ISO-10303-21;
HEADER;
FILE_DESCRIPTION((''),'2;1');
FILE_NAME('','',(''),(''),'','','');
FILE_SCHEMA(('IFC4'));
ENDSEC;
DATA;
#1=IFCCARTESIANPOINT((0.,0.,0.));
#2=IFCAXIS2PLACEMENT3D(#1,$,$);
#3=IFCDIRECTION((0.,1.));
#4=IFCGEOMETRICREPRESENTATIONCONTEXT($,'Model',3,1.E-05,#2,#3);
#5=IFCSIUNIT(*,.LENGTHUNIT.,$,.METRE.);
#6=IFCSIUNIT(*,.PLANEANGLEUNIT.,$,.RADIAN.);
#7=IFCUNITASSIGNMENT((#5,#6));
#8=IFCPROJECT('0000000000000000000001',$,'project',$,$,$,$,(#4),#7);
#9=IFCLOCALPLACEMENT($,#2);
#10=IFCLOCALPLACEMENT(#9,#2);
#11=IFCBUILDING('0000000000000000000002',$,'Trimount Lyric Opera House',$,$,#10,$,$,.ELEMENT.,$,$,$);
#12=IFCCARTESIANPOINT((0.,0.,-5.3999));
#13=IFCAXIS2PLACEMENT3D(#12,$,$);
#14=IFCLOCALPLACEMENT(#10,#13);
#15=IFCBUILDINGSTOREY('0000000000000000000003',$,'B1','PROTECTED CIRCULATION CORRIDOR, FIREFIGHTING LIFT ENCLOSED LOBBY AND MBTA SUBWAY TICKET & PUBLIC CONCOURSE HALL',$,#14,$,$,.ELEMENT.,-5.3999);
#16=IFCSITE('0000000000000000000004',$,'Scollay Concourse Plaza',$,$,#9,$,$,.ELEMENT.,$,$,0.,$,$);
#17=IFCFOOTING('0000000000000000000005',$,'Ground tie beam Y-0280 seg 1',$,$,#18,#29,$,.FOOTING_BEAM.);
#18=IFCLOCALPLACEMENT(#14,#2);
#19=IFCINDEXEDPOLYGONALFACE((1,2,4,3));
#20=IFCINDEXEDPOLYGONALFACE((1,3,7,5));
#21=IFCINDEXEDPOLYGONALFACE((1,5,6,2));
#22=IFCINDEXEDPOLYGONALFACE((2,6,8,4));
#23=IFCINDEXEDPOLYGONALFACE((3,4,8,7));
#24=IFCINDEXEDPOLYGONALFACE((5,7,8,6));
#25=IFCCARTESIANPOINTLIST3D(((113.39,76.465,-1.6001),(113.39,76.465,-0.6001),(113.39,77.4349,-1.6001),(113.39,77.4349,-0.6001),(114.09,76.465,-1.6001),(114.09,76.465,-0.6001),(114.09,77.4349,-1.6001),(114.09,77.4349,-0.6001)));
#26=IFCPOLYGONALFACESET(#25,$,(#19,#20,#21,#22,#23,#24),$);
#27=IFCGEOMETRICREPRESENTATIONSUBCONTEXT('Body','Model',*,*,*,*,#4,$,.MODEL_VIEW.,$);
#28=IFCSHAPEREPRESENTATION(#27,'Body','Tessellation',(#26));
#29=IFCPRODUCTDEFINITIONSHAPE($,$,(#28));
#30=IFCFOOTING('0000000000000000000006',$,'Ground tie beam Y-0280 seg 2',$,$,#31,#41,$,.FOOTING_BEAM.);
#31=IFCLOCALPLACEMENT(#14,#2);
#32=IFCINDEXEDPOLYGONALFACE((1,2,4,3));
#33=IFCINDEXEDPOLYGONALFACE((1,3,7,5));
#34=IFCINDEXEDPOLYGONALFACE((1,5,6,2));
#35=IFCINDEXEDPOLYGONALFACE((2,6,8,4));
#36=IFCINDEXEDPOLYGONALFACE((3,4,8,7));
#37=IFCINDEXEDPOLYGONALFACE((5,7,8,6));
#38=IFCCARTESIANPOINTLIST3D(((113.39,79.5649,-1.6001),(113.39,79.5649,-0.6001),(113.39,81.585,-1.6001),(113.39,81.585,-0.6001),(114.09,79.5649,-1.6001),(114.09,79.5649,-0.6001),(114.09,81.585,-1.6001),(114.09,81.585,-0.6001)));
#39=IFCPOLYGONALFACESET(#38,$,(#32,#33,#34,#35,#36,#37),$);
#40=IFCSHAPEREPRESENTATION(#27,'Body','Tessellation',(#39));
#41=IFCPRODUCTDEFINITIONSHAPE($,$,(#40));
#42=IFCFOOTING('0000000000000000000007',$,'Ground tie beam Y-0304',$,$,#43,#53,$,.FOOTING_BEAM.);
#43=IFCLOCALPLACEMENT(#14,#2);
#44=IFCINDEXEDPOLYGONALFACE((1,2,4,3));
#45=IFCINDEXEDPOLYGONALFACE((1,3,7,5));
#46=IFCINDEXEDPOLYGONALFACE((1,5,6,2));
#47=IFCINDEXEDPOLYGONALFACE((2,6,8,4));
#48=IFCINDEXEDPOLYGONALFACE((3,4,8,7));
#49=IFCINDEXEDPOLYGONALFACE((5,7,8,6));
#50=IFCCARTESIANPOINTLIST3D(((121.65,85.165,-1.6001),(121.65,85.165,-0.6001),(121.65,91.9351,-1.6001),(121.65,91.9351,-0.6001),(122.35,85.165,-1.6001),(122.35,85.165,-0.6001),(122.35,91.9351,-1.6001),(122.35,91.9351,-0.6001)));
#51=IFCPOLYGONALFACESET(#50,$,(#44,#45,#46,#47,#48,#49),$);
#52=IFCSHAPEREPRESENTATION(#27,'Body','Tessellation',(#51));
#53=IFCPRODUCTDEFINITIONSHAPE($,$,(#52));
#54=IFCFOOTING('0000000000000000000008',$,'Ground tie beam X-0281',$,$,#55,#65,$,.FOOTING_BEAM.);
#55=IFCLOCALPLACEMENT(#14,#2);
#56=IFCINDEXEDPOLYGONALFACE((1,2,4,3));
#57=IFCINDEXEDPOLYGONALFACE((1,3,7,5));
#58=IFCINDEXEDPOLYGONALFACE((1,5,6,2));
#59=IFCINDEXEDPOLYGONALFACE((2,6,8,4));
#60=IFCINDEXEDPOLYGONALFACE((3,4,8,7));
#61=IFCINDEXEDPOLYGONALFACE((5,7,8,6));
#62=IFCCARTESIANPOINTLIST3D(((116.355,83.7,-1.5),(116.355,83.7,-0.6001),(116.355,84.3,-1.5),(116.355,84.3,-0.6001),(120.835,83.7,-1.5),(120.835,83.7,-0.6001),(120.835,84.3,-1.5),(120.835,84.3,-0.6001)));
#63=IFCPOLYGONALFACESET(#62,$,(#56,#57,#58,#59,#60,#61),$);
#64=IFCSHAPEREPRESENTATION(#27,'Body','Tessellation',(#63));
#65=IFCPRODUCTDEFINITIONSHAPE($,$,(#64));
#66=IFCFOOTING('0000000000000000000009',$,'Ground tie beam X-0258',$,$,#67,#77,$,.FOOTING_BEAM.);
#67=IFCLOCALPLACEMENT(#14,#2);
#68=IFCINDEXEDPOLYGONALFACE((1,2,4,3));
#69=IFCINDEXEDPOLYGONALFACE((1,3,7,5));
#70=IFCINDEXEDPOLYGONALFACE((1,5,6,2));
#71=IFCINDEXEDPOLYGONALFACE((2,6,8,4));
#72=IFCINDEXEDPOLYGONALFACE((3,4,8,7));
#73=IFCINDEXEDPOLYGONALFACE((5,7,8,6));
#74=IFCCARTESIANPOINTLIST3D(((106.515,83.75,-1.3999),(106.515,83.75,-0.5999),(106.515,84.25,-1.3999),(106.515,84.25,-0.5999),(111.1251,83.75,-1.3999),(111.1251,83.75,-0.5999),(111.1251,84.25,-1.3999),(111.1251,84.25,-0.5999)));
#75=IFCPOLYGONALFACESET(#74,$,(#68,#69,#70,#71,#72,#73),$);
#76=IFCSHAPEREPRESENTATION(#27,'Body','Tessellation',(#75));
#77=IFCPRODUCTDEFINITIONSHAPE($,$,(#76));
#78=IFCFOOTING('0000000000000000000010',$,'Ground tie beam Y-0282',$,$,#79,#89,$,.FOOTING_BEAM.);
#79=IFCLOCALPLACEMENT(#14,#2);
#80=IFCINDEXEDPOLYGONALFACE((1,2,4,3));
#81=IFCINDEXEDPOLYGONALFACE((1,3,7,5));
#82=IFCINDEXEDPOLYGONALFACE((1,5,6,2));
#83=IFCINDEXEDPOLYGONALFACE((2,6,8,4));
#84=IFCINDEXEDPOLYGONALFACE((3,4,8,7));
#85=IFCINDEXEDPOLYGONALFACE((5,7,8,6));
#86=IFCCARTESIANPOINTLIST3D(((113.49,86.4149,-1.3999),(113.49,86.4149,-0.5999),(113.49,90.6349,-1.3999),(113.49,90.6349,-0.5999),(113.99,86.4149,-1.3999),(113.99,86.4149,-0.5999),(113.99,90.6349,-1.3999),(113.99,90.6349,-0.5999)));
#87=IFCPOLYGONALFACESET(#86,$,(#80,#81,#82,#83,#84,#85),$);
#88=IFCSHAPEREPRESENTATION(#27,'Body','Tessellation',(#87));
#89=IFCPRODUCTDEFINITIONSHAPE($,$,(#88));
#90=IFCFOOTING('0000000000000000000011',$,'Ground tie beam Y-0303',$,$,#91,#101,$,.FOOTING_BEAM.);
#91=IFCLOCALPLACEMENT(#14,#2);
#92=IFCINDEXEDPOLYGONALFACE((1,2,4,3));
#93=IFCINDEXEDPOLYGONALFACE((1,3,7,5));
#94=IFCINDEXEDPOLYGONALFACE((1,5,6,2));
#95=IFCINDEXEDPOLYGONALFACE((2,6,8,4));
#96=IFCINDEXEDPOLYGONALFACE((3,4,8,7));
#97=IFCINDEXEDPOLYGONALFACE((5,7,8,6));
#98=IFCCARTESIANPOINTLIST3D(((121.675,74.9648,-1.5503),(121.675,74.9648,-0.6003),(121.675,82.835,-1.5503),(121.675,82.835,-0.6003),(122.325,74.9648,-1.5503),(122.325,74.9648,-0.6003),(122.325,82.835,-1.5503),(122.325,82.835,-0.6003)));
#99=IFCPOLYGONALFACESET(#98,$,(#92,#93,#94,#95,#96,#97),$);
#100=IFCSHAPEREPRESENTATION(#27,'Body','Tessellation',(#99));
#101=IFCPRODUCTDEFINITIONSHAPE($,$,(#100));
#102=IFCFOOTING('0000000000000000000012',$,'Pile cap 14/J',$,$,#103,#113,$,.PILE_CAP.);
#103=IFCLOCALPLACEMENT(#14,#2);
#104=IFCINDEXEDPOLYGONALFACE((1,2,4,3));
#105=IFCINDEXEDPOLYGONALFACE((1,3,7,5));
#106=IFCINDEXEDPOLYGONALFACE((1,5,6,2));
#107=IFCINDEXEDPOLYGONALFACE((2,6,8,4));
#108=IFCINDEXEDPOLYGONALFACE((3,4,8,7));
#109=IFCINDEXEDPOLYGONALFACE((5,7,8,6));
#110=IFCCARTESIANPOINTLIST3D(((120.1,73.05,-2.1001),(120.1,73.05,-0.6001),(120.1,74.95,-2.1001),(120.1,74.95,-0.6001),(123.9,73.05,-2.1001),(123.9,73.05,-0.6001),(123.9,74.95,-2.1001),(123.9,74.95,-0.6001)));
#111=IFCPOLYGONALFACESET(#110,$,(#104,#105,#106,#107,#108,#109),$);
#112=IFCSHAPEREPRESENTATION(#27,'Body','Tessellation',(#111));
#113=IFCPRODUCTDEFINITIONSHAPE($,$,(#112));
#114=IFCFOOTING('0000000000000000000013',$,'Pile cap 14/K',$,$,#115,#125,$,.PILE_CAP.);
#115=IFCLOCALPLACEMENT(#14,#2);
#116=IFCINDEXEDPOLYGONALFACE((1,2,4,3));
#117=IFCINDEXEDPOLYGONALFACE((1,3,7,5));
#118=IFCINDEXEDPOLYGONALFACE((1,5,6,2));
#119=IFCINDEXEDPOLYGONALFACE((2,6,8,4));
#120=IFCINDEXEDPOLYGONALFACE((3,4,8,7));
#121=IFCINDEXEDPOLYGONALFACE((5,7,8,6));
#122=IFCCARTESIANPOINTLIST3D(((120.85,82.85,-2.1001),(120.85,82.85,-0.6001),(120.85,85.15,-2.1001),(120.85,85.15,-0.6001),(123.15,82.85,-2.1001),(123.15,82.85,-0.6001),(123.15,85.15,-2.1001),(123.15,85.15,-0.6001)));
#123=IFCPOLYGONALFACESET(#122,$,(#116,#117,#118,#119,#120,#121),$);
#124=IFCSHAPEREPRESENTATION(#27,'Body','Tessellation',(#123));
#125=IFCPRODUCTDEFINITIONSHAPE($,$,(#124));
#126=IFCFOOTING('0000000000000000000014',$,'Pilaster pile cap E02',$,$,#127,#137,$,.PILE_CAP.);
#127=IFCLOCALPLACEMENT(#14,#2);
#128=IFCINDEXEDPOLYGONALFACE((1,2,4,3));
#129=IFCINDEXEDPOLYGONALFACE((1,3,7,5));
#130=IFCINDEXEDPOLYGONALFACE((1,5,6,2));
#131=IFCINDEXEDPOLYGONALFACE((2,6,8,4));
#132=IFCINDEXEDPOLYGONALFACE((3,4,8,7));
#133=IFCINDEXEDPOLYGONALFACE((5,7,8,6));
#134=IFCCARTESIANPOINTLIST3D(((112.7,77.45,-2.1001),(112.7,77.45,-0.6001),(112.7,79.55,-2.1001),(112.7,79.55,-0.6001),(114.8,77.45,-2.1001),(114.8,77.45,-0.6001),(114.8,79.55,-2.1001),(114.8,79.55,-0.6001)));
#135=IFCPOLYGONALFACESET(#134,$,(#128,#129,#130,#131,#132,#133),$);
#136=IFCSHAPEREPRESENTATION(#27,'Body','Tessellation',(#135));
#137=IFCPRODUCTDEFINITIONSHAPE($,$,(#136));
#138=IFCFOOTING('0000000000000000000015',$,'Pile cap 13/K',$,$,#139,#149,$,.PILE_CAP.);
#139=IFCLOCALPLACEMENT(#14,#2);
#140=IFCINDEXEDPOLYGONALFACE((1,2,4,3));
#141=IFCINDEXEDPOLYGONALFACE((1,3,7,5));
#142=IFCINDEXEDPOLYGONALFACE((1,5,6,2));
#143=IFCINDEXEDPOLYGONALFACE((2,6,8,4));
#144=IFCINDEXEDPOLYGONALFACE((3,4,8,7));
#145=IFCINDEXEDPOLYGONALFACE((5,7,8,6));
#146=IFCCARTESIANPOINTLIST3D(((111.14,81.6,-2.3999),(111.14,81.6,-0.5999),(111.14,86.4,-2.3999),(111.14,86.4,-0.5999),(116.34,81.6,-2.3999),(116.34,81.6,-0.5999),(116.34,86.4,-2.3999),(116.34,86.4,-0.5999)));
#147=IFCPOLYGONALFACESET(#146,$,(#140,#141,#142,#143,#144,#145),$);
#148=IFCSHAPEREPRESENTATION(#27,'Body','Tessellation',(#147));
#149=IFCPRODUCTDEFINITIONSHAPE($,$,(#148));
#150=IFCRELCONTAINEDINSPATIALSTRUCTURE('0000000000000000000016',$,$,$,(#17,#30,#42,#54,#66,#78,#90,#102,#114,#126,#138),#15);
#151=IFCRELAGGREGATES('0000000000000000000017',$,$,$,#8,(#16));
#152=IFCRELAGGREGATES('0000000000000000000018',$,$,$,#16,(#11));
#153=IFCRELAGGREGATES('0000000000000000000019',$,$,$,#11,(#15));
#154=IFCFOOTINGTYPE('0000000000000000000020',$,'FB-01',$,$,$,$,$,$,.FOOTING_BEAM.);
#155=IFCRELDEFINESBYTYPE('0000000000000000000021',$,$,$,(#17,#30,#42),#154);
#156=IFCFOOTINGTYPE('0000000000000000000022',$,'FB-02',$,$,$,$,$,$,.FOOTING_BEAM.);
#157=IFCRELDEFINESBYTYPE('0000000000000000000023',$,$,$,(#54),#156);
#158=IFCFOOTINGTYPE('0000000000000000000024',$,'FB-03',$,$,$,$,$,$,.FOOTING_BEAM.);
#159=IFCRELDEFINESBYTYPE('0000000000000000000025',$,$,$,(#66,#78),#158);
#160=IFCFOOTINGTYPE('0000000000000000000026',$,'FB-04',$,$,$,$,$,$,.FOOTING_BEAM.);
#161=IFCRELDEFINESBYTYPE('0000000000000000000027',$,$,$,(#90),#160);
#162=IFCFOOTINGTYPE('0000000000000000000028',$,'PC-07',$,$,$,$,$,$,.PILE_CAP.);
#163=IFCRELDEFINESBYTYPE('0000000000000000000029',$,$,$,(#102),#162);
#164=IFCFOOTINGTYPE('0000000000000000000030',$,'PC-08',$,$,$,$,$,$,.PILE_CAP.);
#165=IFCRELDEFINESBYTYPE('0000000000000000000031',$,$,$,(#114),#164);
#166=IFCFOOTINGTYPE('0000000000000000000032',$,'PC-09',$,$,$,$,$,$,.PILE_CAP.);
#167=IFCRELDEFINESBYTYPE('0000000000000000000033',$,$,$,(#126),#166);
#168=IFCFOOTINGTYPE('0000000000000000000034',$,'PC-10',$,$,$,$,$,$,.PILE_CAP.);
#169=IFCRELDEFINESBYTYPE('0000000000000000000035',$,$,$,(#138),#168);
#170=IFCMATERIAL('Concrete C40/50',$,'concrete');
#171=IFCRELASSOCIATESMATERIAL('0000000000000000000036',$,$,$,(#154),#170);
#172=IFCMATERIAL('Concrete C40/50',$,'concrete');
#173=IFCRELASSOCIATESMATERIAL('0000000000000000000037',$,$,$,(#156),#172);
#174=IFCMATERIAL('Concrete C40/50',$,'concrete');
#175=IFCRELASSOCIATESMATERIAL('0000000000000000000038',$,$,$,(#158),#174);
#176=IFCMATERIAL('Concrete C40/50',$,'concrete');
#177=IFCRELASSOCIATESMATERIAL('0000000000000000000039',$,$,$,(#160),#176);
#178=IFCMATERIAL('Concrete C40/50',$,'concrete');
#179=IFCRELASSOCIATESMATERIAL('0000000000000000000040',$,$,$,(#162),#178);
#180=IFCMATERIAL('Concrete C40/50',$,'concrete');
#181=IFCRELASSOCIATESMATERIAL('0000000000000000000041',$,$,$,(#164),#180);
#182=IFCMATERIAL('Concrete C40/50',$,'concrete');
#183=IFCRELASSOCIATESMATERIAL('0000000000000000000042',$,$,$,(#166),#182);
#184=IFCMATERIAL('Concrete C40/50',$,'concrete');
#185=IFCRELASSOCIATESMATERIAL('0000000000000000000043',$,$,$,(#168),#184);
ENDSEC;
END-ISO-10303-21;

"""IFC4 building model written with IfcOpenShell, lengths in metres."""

from ifc_helpers import new_model, si_unit, direction, frame, origin, origin_2d, place, context, subcontext, project, spatial, rectangle, extrude, material, type_object, element, save


model = new_model("IFC4")

# Units and contexts
model_context = context("Model", 3, precision=1e-05, world=origin(), true_north=direction((0.0, 1.0)))
body_context = subcontext(model_context, "Body", "Model", "MODEL_VIEW")
ifc_project = project(units=[si_unit("LENGTHUNIT", "METRE"), si_unit("PLANEANGLEUNIT", "RADIAN")], contexts=[model_context])

# Site, building, storey
site_placement = place(None, origin())
site = spatial("IfcSite", under=ifc_project, at=site_placement, Name="Scollay Concourse Plaza", CompositionType="ELEMENT", RefElevation=0.0)
building_placement = place(site_placement, origin())
building = spatial("IfcBuilding", under=site, at=building_placement, Name="Trimount Lyric Opera House", CompositionType="ELEMENT")
storey_placement = place(building_placement, frame((0.0, 0.0, -5.3999)))
storey = spatial("IfcBuildingStorey", under=building, at=storey_placement, Name="B1", Description="PROTECTED CIRCULATION CORRIDOR, FIREFIGHTING LIFT ENCLOSED LOBBY AND MBTA SUBWAY TICKET & PUBLIC CONCOURSE HALL", CompositionType="ELEMENT", Elevation=-5.3999)

# Footings
ifc_material_1 = material(Name="Concrete C40/50", Category="concrete")
footing_type_1 = type_object("IfcFootingType", Name="FB-01", PredefinedType="FOOTING_BEAM", material=ifc_material_1)
footing_1_placement = place(storey_placement, frame((113.74, 76.95, -1.6001), z_axis=(0.0, 0.0, 1.0), x_axis=(1.0, 0.0, 0.0)))
element("IfcFooting", 1, at=footing_1_placement, inside=storey, type_object=footing_type_1, Name="Ground tie beam Y-0280 seg 1", PredefinedType="FOOTING_BEAM", context=body_context, shape_type="SweptSolid", body=[
    extrude(rectangle(XDim=0.7, YDim=0.97, at=origin_2d()), origin(), (0.0, 0.0, 1.0), 1.0),
])
footing_2_placement = place(storey_placement, frame((113.74, 80.575, -1.6001), z_axis=(0.0, 0.0, 1.0), x_axis=(1.0, 0.0, 0.0)))
element("IfcFooting", 2, at=footing_2_placement, inside=storey, type_object=footing_type_1, Name="Ground tie beam Y-0280 seg 2", PredefinedType="FOOTING_BEAM", context=body_context, shape_type="SweptSolid", body=[
    extrude(rectangle(XDim=0.7, YDim=2.02, at=origin_2d()), origin(), (0.0, 0.0, 1.0), 1.0),
])
footing_3_placement = place(storey_placement, frame((122.0, 88.55, -1.6001), z_axis=(0.0, 0.0, 1.0), x_axis=(1.0, 0.0, 0.0)))
element("IfcFooting", 3, at=footing_3_placement, inside=storey, type_object=footing_type_1, Name="Ground tie beam Y-0304", PredefinedType="FOOTING_BEAM", context=body_context, shape_type="SweptSolid", body=[
    extrude(rectangle(XDim=0.7, YDim=6.77, at=origin_2d()), origin(), (0.0, 0.0, 1.0), 1.0),
])
ifc_material_2 = material(Name="Concrete C40/50", Category="concrete")
footing_type_2 = type_object("IfcFootingType", Name="FB-02", PredefinedType="FOOTING_BEAM", material=ifc_material_2)
footing_4_placement = place(storey_placement, frame((118.595, 84.0, -1.5), z_axis=(0.0, 0.0, 1.0), x_axis=(1.0, 0.0, 0.0)))
element("IfcFooting", 4, at=footing_4_placement, inside=storey, type_object=footing_type_2, Name="Ground tie beam X-0281", PredefinedType="FOOTING_BEAM", context=body_context, shape_type="SweptSolid", body=[
    extrude(rectangle(XDim=4.48, YDim=0.6001, at=origin_2d()), origin(), (0.0, 0.0, 1.0), 0.8999),
])
ifc_material_3 = material(Name="Concrete C40/50", Category="concrete")
footing_type_3 = type_object("IfcFootingType", Name="FB-03", PredefinedType="FOOTING_BEAM", material=ifc_material_3)
footing_5_placement = place(storey_placement, frame((108.8201, 84.0, -1.3999), z_axis=(0.0, 0.0, 1.0), x_axis=(1.0, 0.0, 0.0)))
element("IfcFooting", 5, at=footing_5_placement, inside=storey, type_object=footing_type_3, Name="Ground tie beam X-0258", PredefinedType="FOOTING_BEAM", context=body_context, shape_type="SweptSolid", body=[
    extrude(rectangle(XDim=4.6101, YDim=0.5, at=origin_2d()), origin(), (0.0, 0.0, 1.0), 0.8),
])
footing_6_placement = place(storey_placement, frame((113.74, 88.5249, -1.3999), z_axis=(0.0, 0.0, 1.0), x_axis=(1.0, 0.0, 0.0)))
element("IfcFooting", 6, at=footing_6_placement, inside=storey, type_object=footing_type_3, Name="Ground tie beam Y-0282", PredefinedType="FOOTING_BEAM", context=body_context, shape_type="SweptSolid", body=[
    extrude(rectangle(XDim=0.5, YDim=4.22, at=origin_2d()), origin(), (0.0, 0.0, 1.0), 0.8),
])
ifc_material_4 = material(Name="Concrete C40/50", Category="concrete")
footing_type_4 = type_object("IfcFootingType", Name="FB-04", PredefinedType="FOOTING_BEAM", material=ifc_material_4)
footing_7_placement = place(storey_placement, frame((122.0, 78.8999, -1.5503), z_axis=(0.0, 0.0, 1.0), x_axis=(1.0, 0.0, 0.0)))
element("IfcFooting", 7, at=footing_7_placement, inside=storey, type_object=footing_type_4, Name="Ground tie beam Y-0303", PredefinedType="FOOTING_BEAM", context=body_context, shape_type="SweptSolid", body=[
    extrude(rectangle(XDim=0.6499, YDim=7.8701, at=origin_2d()), origin(), (0.0, 0.0, 1.0), 0.95),
])
ifc_material_5 = material(Name="Concrete C40/50", Category="concrete")
footing_type_5 = type_object("IfcFootingType", Name="PC-07", PredefinedType="PILE_CAP", material=ifc_material_5)
footing_8_placement = place(storey_placement, frame((122.0, 74.0, -2.1001), z_axis=(0.0, 0.0, 1.0), x_axis=(1.0, 0.0, 0.0)))
element("IfcFooting", 8, at=footing_8_placement, inside=storey, type_object=footing_type_5, Name="Pile cap 14/J", PredefinedType="PILE_CAP", context=body_context, shape_type="SweptSolid", body=[
    extrude(rectangle(XDim=3.8, YDim=1.8999, at=origin_2d()), origin(), (0.0, 0.0, 1.0), 1.5),
])
ifc_material_6 = material(Name="Concrete C40/50", Category="concrete")
footing_type_6 = type_object("IfcFootingType", Name="PC-08", PredefinedType="PILE_CAP", material=ifc_material_6)
footing_9_placement = place(storey_placement, frame((122.0, 84.0, -2.1001), z_axis=(0.0, 0.0, 1.0), x_axis=(1.0, 0.0, 0.0)))
element("IfcFooting", 9, at=footing_9_placement, inside=storey, type_object=footing_type_6, Name="Pile cap 14/K", PredefinedType="PILE_CAP", context=body_context, shape_type="SweptSolid", body=[
    extrude(rectangle(XDim=2.3, YDim=2.3, at=origin_2d()), origin(), (0.0, 0.0, 1.0), 1.5),
])
ifc_material_7 = material(Name="Concrete C40/50", Category="concrete")
footing_type_7 = type_object("IfcFootingType", Name="PC-09", PredefinedType="PILE_CAP", material=ifc_material_7)
footing_10_placement = place(storey_placement, frame((113.75, 78.5, -2.1001), z_axis=(0.0, 0.0, 1.0), x_axis=(1.0, 0.0, 0.0)))
element("IfcFooting", 10, at=footing_10_placement, inside=storey, type_object=footing_type_7, Name="Pilaster pile cap E02", PredefinedType="PILE_CAP", context=body_context, shape_type="SweptSolid", body=[
    extrude(rectangle(XDim=2.1001, YDim=2.1001, at=origin_2d()), origin(), (0.0, 0.0, 1.0), 1.5),
])
ifc_material_8 = material(Name="Concrete C40/50", Category="concrete")
footing_type_8 = type_object("IfcFootingType", Name="PC-10", PredefinedType="PILE_CAP", material=ifc_material_8)
footing_11_placement = place(storey_placement, frame((113.74, 84.0, -2.3999), z_axis=(0.0, 0.0, 1.0), x_axis=(1.0, 0.0, 0.0)))
element("IfcFooting", 11, at=footing_11_placement, inside=storey, type_object=footing_type_8, Name="Pile cap 13/K", PredefinedType="PILE_CAP", context=body_context, shape_type="SweptSolid", body=[
    extrude(rectangle(XDim=5.2, YDim=4.8, at=origin_2d()), origin(), (0.0, 0.0, 1.0), 1.8),
])

save(model, "model.ifc")
